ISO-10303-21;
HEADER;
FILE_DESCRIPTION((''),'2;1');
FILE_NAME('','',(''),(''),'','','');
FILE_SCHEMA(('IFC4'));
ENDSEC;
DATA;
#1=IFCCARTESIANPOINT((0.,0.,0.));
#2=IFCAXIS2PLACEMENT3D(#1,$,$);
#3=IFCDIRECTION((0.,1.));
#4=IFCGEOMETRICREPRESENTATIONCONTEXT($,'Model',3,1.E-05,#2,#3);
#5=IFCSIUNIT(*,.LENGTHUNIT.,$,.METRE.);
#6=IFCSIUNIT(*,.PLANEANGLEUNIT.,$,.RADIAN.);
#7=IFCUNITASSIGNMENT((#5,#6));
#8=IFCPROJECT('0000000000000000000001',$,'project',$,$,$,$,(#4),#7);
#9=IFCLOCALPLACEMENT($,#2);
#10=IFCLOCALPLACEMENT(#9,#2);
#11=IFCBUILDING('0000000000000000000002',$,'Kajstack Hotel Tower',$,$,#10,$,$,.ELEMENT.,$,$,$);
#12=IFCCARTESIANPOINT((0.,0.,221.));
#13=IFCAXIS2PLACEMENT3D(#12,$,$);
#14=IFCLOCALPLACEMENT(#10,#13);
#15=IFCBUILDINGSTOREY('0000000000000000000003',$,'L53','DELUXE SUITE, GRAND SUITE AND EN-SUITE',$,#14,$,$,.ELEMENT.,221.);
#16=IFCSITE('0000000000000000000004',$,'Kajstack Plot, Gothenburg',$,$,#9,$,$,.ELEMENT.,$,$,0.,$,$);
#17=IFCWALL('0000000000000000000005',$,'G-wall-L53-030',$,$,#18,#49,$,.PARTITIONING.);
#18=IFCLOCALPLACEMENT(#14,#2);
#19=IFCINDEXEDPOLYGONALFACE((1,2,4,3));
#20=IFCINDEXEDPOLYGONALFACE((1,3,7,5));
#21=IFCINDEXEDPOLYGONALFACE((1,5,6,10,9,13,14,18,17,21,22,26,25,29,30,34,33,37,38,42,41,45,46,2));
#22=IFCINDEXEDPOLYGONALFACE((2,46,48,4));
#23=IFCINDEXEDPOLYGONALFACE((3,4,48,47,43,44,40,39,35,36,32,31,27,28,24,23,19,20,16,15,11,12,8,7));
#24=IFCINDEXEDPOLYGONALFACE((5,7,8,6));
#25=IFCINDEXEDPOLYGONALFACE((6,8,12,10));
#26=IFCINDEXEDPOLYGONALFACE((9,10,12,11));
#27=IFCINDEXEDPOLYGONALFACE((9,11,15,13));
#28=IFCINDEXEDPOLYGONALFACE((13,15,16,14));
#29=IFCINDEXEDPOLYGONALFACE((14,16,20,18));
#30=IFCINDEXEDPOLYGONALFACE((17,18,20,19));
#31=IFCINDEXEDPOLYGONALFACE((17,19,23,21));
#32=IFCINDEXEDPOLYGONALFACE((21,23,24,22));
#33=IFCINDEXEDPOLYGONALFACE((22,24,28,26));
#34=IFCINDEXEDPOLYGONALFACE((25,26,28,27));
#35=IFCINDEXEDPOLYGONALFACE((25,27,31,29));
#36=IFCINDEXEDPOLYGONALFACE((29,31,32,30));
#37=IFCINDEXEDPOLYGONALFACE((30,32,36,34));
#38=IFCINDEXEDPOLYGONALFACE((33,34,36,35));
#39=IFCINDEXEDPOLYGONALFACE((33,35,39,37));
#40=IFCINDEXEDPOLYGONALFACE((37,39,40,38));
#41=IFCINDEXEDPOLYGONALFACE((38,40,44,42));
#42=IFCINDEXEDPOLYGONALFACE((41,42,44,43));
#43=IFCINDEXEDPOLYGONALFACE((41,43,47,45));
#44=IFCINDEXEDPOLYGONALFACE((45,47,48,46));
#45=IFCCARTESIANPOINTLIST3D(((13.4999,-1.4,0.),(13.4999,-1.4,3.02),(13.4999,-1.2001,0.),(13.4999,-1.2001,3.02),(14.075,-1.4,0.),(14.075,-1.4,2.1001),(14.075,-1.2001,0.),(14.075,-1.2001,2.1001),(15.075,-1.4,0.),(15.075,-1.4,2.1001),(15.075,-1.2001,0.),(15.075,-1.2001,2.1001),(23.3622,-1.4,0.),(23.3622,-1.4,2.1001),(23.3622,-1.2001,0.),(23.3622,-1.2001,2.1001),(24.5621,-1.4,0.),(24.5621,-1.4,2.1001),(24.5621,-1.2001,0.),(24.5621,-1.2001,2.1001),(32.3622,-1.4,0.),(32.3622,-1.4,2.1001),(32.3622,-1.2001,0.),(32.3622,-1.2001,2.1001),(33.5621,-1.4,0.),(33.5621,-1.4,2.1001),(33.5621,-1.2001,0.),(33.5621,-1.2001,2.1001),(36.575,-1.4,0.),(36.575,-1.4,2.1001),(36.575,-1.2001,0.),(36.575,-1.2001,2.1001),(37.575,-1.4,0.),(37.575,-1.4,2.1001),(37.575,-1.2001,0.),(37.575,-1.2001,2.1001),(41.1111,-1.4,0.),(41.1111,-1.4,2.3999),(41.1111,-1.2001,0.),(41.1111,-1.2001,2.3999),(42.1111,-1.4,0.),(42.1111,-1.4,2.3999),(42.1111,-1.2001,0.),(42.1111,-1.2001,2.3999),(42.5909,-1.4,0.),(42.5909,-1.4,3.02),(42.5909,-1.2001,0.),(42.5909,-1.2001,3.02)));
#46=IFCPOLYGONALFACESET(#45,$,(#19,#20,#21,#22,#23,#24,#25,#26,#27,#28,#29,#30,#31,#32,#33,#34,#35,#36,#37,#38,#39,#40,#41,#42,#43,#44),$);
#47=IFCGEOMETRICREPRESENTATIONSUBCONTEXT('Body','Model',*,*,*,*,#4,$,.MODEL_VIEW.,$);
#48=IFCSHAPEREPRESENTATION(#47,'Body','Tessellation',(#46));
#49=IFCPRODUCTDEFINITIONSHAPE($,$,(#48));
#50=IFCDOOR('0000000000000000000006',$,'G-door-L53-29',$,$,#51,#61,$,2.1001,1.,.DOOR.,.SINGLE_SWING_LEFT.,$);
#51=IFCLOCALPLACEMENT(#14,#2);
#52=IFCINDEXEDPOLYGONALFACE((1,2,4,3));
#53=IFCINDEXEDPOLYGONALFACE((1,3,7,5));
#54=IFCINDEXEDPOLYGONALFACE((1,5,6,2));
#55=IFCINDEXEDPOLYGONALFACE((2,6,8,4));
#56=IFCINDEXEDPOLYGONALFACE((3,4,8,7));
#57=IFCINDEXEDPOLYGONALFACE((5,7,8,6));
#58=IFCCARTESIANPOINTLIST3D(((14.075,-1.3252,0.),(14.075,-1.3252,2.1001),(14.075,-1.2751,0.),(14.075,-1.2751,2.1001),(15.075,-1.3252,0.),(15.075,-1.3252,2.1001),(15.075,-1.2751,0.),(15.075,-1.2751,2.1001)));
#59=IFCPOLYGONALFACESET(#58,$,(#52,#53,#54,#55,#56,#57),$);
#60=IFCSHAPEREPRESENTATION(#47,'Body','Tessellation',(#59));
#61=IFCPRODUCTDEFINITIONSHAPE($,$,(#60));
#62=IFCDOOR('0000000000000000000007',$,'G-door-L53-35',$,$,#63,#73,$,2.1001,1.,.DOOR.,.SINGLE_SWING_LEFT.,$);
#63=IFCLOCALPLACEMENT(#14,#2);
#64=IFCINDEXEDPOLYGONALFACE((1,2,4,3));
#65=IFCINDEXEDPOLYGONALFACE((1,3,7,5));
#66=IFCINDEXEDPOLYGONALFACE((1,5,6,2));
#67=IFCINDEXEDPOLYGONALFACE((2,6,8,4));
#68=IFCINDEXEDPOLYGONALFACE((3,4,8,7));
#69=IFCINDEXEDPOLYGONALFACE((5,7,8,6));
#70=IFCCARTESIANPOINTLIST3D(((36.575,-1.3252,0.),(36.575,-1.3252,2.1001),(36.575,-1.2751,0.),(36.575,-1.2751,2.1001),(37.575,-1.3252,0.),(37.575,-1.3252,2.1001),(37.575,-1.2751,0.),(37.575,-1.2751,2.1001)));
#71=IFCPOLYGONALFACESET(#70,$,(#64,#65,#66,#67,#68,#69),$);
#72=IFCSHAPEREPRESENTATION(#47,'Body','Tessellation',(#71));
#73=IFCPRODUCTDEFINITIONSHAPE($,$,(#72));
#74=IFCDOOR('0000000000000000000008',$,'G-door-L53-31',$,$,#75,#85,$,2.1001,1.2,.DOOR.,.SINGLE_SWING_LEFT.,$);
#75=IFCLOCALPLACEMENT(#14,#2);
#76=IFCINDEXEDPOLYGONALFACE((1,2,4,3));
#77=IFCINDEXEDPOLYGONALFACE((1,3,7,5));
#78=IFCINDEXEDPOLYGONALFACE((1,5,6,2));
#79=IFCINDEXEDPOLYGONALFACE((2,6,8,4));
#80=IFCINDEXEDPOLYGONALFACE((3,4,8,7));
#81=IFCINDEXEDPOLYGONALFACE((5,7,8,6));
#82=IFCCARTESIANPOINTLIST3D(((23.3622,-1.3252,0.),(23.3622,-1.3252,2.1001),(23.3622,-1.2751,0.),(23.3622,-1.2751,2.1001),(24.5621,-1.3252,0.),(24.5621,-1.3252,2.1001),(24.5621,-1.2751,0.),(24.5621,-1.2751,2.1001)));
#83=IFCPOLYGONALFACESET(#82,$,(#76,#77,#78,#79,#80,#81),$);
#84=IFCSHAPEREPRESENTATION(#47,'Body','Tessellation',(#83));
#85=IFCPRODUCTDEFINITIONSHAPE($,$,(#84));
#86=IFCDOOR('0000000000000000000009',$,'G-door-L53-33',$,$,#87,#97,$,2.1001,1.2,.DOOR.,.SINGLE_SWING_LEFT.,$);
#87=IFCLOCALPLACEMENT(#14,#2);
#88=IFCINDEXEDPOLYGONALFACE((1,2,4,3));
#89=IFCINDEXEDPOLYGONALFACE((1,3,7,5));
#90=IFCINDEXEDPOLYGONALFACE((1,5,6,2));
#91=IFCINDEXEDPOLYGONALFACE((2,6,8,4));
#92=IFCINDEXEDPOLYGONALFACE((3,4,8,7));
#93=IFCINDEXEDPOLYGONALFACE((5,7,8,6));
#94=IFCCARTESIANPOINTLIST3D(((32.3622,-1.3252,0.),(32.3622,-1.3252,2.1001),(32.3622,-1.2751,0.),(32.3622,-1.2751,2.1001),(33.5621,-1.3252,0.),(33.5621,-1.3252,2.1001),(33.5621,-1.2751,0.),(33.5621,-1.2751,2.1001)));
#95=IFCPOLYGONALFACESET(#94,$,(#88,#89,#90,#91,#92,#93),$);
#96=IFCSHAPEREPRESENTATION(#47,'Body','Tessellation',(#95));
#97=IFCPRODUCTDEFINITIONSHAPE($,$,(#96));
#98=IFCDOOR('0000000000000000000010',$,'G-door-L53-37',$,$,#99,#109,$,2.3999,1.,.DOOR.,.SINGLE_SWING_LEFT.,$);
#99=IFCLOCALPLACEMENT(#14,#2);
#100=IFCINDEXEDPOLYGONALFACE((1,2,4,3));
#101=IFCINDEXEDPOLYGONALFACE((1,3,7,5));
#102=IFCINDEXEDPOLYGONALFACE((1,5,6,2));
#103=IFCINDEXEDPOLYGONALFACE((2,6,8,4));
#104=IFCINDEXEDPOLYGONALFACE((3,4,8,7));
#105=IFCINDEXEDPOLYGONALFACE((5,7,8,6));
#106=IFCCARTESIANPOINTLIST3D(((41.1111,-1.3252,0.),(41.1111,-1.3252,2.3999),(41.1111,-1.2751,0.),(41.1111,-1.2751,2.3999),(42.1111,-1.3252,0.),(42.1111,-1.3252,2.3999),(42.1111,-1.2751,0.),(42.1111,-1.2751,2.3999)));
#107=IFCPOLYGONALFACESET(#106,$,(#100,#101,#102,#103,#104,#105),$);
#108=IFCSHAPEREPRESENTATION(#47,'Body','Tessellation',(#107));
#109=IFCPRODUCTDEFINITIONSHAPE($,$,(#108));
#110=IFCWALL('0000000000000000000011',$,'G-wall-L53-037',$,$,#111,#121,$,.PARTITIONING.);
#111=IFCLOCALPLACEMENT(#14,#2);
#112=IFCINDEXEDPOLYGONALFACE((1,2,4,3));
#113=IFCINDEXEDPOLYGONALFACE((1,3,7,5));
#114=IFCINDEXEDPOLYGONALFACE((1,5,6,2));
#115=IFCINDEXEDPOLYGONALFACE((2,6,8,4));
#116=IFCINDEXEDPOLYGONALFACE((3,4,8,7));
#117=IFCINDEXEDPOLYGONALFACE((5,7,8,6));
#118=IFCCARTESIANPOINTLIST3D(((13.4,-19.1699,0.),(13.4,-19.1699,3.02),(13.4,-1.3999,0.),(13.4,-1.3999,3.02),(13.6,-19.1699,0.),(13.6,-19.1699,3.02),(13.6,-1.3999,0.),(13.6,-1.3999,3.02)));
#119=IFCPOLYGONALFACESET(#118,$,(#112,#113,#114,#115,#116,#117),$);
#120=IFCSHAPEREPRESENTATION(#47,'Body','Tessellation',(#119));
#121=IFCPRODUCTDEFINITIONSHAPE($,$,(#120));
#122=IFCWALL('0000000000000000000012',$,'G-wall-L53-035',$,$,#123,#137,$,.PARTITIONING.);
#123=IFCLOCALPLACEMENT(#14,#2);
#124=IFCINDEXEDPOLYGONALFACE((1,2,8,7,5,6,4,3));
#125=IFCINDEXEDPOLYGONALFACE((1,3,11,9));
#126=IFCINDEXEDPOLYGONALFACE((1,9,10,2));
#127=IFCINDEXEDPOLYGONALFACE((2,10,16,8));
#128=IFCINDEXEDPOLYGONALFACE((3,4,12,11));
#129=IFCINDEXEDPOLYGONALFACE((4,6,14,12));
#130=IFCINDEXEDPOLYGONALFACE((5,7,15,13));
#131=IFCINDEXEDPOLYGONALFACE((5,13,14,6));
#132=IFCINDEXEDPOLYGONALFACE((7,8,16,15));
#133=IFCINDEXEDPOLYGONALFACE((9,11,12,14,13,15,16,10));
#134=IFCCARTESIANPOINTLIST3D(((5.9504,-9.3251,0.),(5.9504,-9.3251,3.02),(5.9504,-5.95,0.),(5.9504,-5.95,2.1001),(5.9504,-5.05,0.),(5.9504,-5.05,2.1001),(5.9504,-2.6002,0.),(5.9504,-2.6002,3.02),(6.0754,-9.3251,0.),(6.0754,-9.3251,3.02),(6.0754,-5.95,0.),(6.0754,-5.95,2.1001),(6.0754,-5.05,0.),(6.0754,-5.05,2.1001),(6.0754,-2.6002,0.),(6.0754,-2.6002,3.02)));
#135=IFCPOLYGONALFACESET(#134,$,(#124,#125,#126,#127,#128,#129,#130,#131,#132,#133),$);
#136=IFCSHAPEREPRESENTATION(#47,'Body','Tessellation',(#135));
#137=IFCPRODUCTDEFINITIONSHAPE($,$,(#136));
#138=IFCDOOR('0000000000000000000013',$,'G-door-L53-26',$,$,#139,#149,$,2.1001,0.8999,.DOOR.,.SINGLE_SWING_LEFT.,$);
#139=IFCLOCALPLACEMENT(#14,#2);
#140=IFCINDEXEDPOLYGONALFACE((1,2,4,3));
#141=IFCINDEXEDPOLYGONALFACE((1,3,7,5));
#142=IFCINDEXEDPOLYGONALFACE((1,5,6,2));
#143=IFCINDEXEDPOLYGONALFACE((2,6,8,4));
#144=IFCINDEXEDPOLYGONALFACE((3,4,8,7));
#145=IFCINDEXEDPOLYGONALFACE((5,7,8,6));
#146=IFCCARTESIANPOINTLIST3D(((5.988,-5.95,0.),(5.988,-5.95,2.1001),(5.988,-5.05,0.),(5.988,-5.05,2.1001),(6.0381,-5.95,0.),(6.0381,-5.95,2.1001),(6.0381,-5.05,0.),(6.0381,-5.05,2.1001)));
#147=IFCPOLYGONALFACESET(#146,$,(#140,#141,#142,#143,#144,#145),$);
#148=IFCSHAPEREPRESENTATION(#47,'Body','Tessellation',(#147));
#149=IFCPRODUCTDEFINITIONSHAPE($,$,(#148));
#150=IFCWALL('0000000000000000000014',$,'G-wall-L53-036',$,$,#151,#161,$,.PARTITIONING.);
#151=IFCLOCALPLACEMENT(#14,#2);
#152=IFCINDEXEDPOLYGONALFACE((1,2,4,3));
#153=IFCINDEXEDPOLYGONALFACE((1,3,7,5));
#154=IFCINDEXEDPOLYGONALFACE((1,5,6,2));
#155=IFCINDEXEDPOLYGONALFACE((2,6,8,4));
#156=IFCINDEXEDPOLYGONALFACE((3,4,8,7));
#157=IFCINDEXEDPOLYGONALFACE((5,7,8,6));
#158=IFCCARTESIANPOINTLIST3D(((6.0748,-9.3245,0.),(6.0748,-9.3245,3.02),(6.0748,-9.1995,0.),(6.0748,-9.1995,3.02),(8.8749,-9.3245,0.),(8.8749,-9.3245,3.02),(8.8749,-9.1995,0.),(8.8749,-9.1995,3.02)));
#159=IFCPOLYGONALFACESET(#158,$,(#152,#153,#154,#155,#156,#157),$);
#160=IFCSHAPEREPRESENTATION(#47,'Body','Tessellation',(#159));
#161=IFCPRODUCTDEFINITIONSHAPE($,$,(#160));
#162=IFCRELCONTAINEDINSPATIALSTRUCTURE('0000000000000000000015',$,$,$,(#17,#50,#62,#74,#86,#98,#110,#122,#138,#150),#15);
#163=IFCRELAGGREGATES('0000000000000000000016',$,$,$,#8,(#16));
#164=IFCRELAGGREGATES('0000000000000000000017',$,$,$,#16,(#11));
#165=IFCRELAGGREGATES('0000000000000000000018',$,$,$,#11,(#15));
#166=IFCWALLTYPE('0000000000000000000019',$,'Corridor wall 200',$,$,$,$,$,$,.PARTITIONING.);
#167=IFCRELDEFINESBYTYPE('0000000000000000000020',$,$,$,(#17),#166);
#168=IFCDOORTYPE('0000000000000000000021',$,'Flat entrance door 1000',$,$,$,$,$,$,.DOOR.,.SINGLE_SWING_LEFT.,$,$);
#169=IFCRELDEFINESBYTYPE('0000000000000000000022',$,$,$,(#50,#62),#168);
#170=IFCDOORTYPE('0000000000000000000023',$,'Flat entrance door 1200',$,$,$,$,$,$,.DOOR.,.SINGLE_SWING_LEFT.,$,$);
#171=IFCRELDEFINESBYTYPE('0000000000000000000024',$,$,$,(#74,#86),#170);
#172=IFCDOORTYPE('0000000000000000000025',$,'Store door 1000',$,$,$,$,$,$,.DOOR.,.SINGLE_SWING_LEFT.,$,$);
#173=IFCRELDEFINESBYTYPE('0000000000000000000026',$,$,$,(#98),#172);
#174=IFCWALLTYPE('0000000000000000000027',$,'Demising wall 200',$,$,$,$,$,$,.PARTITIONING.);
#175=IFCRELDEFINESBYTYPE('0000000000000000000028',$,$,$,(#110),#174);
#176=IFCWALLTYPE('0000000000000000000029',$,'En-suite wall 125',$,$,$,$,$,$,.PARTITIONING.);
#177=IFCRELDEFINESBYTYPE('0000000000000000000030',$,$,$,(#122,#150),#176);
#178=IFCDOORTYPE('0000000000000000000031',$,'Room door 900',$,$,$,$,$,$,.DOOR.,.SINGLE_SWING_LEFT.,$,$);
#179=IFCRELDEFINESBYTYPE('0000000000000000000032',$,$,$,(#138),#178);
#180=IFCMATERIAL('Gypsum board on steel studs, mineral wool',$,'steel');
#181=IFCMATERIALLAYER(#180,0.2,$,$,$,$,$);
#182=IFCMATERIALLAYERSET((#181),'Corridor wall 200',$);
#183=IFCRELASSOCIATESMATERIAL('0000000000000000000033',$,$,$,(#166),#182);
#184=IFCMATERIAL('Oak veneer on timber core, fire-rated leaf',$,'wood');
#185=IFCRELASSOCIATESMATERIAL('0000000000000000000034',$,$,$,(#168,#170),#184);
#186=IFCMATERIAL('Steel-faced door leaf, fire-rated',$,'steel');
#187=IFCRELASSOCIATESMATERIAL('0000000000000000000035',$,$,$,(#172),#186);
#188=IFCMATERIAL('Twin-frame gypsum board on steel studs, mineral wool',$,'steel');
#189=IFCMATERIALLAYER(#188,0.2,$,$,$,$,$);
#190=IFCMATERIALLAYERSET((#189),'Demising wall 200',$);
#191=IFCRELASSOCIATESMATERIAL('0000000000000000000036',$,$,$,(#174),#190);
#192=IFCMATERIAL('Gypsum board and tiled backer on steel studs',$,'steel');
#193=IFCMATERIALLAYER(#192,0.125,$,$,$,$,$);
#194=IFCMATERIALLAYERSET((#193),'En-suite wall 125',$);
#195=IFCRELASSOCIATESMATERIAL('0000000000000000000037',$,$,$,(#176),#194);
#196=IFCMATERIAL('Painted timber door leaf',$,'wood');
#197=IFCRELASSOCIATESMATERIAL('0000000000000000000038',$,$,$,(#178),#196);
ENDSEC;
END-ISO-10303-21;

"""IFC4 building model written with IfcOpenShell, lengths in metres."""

from ifc_helpers import new_model, si_unit, direction, frame, frame_2d, origin, place, context, subcontext, project, spatial, rectangle, extrude, material, layer, layer_set, type_object, element, fill, save


model = new_model("IFC4")

# Units and contexts
model_context = context("Model", 3, precision=1e-05, world=origin(), true_north=direction((0.0, 1.0)))
body_context = subcontext(model_context, "Body", "Model", "MODEL_VIEW")
ifc_project = project(units=[si_unit("LENGTHUNIT", "METRE"), si_unit("PLANEANGLEUNIT", "RADIAN")], contexts=[model_context])

# Site, building, storey
site_placement = place(None, origin())
site = spatial("IfcSite", under=ifc_project, at=site_placement, Name="Kajstack Plot, Gothenburg", CompositionType="ELEMENT", RefElevation=0.0)
building_placement = place(site_placement, origin())
building = spatial("IfcBuilding", under=site, at=building_placement, Name="Kajstack Hotel Tower", CompositionType="ELEMENT")
storey_placement = place(building_placement, frame((0.0, 0.0, 221.0)))
storey = spatial("IfcBuildingStorey", under=building, at=storey_placement, Name="L53", Description="DELUXE SUITE, GRAND SUITE AND EN-SUITE", CompositionType="ELEMENT", Elevation=221.0)

# Wall, openings, doors
ifc_material_1 = material(Name="Gypsum board on steel studs, mineral wool", Category="steel")
ifc_layer_1 = layer(ifc_material_1, 0.2)
ifc_layer_set_1 = layer_set([ifc_layer_1], Name="Corridor wall 200")
wall_type_1 = type_object("IfcWallType", Name="Corridor wall 200", PredefinedType="PARTITIONING", material=ifc_layer_set_1)
wall_1_placement = place(storey_placement, frame((13.5, -1.3, 0.0), z_axis=(0.0, 0.0, 1.0), x_axis=(1.0, 0.0, 0.0)))
wall_1 = element("IfcWall", 1, at=wall_1_placement, inside=storey, type_object=wall_type_1, Name="G-wall-L53-030", PredefinedType="PARTITIONING", context=body_context, shape_type="SweptSolid", body=[
    extrude(rectangle(XDim=29.0911, YDim=0.2, at=frame_2d((14.5454, 0.0))), origin(), (0.0, 0.0, 1.0), 3.02),
])
opening_1_placement = place(wall_1_placement, frame((0.575, 0.0, 0.0)))
opening_1 = element("IfcOpeningElement", 2, at=opening_1_placement, cuts=wall_1, PredefinedType="OPENING", context=body_context, shape_type="SweptSolid", body=[
    extrude(rectangle(XDim=1.0, YDim=2.1001, at=frame_2d((0.5, 1.05))), frame((0.0, 0.1099, 0.0), z_axis=(0.0, -1.0, 0.0), x_axis=(1.0, 0.0, 0.0)), (0.0, 0.0, 1.0), 0.22),
])
opening_2_placement = place(wall_1_placement, frame((9.8621, 0.0, 0.0)))
opening_2 = element("IfcOpeningElement", 3, at=opening_2_placement, cuts=wall_1, PredefinedType="OPENING", context=body_context, shape_type="SweptSolid", body=[
    extrude(rectangle(XDim=1.2, YDim=2.1001, at=frame_2d((0.6001, 1.05))), frame((0.0, 0.1099, 0.0), z_axis=(0.0, -1.0, 0.0), x_axis=(1.0, 0.0, 0.0)), (0.0, 0.0, 1.0), 0.22),
])
opening_3_placement = place(wall_1_placement, frame((18.8621, 0.0, 0.0)))
opening_3 = element("IfcOpeningElement", 4, at=opening_3_placement, cuts=wall_1, PredefinedType="OPENING", context=body_context, shape_type="SweptSolid", body=[
    extrude(rectangle(XDim=1.2, YDim=2.1001, at=frame_2d((0.6001, 1.05))), frame((0.0, 0.1099, 0.0), z_axis=(0.0, -1.0, 0.0), x_axis=(1.0, 0.0, 0.0)), (0.0, 0.0, 1.0), 0.22),
])
opening_4_placement = place(wall_1_placement, frame((23.075, 0.0, 0.0)))
opening_4 = element("IfcOpeningElement", 5, at=opening_4_placement, cuts=wall_1, PredefinedType="OPENING", context=body_context, shape_type="SweptSolid", body=[
    extrude(rectangle(XDim=1.0, YDim=2.1001, at=frame_2d((0.5, 1.05))), frame((0.0, 0.1099, 0.0), z_axis=(0.0, -1.0, 0.0), x_axis=(1.0, 0.0, 0.0)), (0.0, 0.0, 1.0), 0.22),
])
opening_5_placement = place(wall_1_placement, frame((27.6111, 0.0, 0.0)))
opening_5 = element("IfcOpeningElement", 6, at=opening_5_placement, cuts=wall_1, PredefinedType="OPENING", context=body_context, shape_type="SweptSolid", body=[
    extrude(rectangle(XDim=1.0, YDim=2.3999, at=frame_2d((0.5, 1.2))), frame((0.0, 0.1099, 0.0), z_axis=(0.0, -1.0, 0.0), x_axis=(1.0, 0.0, 0.0)), (0.0, 0.0, 1.0), 0.22),
])
ifc_material_2 = material(Name="Oak veneer on timber core, fire-rated leaf", Category="wood")
door_type_1 = type_object("IfcDoorType", Name="Flat entrance door 1000", OperationType="SINGLE_SWING_LEFT", PredefinedType="DOOR", material=ifc_material_2)
door_1_placement = place(opening_1_placement, origin())
door_1 = element("IfcDoor", 7, at=door_1_placement, inside=storey, type_object=door_type_1, Name="G-door-L53-29", OperationType="SINGLE_SWING_LEFT", OverallHeight=2.1001, OverallWidth=1.0, PredefinedType="DOOR", context=body_context, shape_type="SweptSolid", body=[
    extrude(rectangle(XDim=1.0, YDim=2.1001, at=frame_2d((0.5, 1.05))), frame((0.0, 0.0249, 0.0), z_axis=(0.0, -1.0, 0.0), x_axis=(1.0, 0.0, 0.0)), (0.0, 0.0, 1.0), 0.05),
])
fill(opening_1, door_1)
door_2_placement = place(opening_4_placement, origin())
door_2 = element("IfcDoor", 8, at=door_2_placement, inside=storey, type_object=door_type_1, Name="G-door-L53-35", OperationType="SINGLE_SWING_LEFT", OverallHeight=2.1001, OverallWidth=1.0, PredefinedType="DOOR", context=body_context, shape_type="SweptSolid", body=[
    extrude(rectangle(XDim=1.0, YDim=2.1001, at=frame_2d((0.5, 1.05))), frame((0.0, 0.0249, 0.0), z_axis=(0.0, -1.0, 0.0), x_axis=(1.0, 0.0, 0.0)), (0.0, 0.0, 1.0), 0.05),
])
fill(opening_4, door_2)
door_type_2 = type_object("IfcDoorType", Name="Flat entrance door 1200", OperationType="SINGLE_SWING_LEFT", PredefinedType="DOOR", material=ifc_material_2)
door_3_placement = place(opening_2_placement, origin())
door_3 = element("IfcDoor", 9, at=door_3_placement, inside=storey, type_object=door_type_2, Name="G-door-L53-31", OperationType="SINGLE_SWING_LEFT", OverallHeight=2.1001, OverallWidth=1.2, PredefinedType="DOOR", context=body_context, shape_type="SweptSolid", body=[
    extrude(rectangle(XDim=1.2, YDim=2.1001, at=frame_2d((0.6001, 1.05))), frame((0.0, 0.0249, 0.0), z_axis=(0.0, -1.0, 0.0), x_axis=(1.0, 0.0, 0.0)), (0.0, 0.0, 1.0), 0.05),
])
fill(opening_2, door_3)
door_4_placement = place(opening_3_placement, origin())
door_4 = element("IfcDoor", 10, at=door_4_placement, inside=storey, type_object=door_type_2, Name="G-door-L53-33", OperationType="SINGLE_SWING_LEFT", OverallHeight=2.1001, OverallWidth=1.2, PredefinedType="DOOR", context=body_context, shape_type="SweptSolid", body=[
    extrude(rectangle(XDim=1.2, YDim=2.1001, at=frame_2d((0.6001, 1.05))), frame((0.0, 0.0249, 0.0), z_axis=(0.0, -1.0, 0.0), x_axis=(1.0, 0.0, 0.0)), (0.0, 0.0, 1.0), 0.05),
])
fill(opening_3, door_4)
ifc_material_3 = material(Name="Steel-faced door leaf, fire-rated", Category="steel")
door_type_3 = type_object("IfcDoorType", Name="Store door 1000", OperationType="SINGLE_SWING_LEFT", PredefinedType="DOOR", material=ifc_material_3)
door_5_placement = place(opening_5_placement, origin())
door_5 = element("IfcDoor", 11, at=door_5_placement, inside=storey, type_object=door_type_3, Name="G-door-L53-37", OperationType="SINGLE_SWING_LEFT", OverallHeight=2.3999, OverallWidth=1.0, PredefinedType="DOOR", context=body_context, shape_type="SweptSolid", body=[
    extrude(rectangle(XDim=1.0, YDim=2.3999, at=frame_2d((0.5, 1.2))), frame((0.0, 0.0249, 0.0), z_axis=(0.0, -1.0, 0.0), x_axis=(1.0, 0.0, 0.0)), (0.0, 0.0, 1.0), 0.05),
])
fill(opening_5, door_5)

# Wall
ifc_material_4 = material(Name="Twin-frame gypsum board on steel studs, mineral wool", Category="steel")
ifc_layer_2 = layer(ifc_material_4, 0.2)
ifc_layer_set_2 = layer_set([ifc_layer_2], Name="Demising wall 200")
wall_type_2 = type_object("IfcWallType", Name="Demising wall 200", PredefinedType="PARTITIONING", material=ifc_layer_set_2)
wall_2_placement = place(storey_placement, frame((13.5, -19.1699, 0.0), z_axis=(0.0, 0.0, 1.0), x_axis=(0.0, 1.0, 0.0)))
element("IfcWall", 12, at=wall_2_placement, inside=storey, type_object=wall_type_2, Name="G-wall-L53-037", PredefinedType="PARTITIONING", context=body_context, shape_type="SweptSolid", body=[
    extrude(rectangle(XDim=17.77, YDim=0.2, at=frame_2d((8.885, 0.0))), origin(), (0.0, 0.0, 1.0), 3.02),
])

# Wall, opening, door
ifc_material_5 = material(Name="Gypsum board and tiled backer on steel studs", Category="steel")
ifc_layer_3 = layer(ifc_material_5, 0.125)
ifc_layer_set_3 = layer_set([ifc_layer_3], Name="En-suite wall 125")
wall_type_3 = type_object("IfcWallType", Name="En-suite wall 125", PredefinedType="PARTITIONING", material=ifc_layer_set_3)
wall_3_placement = place(storey_placement, frame((6.0129, -9.325, 0.0), z_axis=(0.0, 0.0, 1.0), x_axis=(0.0, 1.0, 0.0)))
wall_3 = element("IfcWall", 13, at=wall_3_placement, inside=storey, type_object=wall_type_3, Name="G-wall-L53-035", PredefinedType="PARTITIONING", context=body_context, shape_type="SweptSolid", body=[
    extrude(rectangle(XDim=6.7249, YDim=0.125, at=frame_2d((3.3623, 0.0))), origin(), (0.0, 0.0, 1.0), 3.02),
])
opening_6_placement = place(wall_3_placement, frame((3.375, 0.0, 0.0)))
opening_6 = element("IfcOpeningElement", 14, at=opening_6_placement, cuts=wall_3, PredefinedType="OPENING", context=body_context, shape_type="SweptSolid", body=[
    extrude(rectangle(XDim=0.8999, YDim=2.1001, at=frame_2d((0.45, 1.05))), frame((0.0, 0.0725, 0.0), z_axis=(0.0, -1.0, 0.0), x_axis=(1.0, 0.0, 0.0)), (0.0, 0.0, 1.0), 0.145),
])
ifc_material_6 = material(Name="Painted timber door leaf", Category="wood")
door_type_4 = type_object("IfcDoorType", Name="Room door 900", OperationType="SINGLE_SWING_LEFT", PredefinedType="DOOR", material=ifc_material_6)
door_6_placement = place(opening_6_placement, origin())
door_6 = element("IfcDoor", 15, at=door_6_placement, inside=storey, type_object=door_type_4, Name="G-door-L53-26", OperationType="SINGLE_SWING_LEFT", OverallHeight=2.1001, OverallWidth=0.8999, PredefinedType="DOOR", context=body_context, shape_type="SweptSolid", body=[
    extrude(rectangle(XDim=0.8999, YDim=2.1001, at=frame_2d((0.45, 1.05))), frame((0.0, 0.0249, 0.0), z_axis=(0.0, -1.0, 0.0), x_axis=(1.0, 0.0, 0.0)), (0.0, 0.0, 1.0), 0.05),
])
fill(opening_6, door_6)

# Wall
wall_4_placement = place(storey_placement, frame((6.075, -9.262, 0.0), z_axis=(0.0, 0.0, 1.0), x_axis=(1.0, 0.0, 0.0)))
element("IfcWall", 16, at=wall_4_placement, inside=storey, type_object=wall_type_3, Name="G-wall-L53-036", PredefinedType="PARTITIONING", context=body_context, shape_type="SweptSolid", body=[
    extrude(rectangle(XDim=2.8, YDim=0.125, at=frame_2d((1.3999, 0.0))), origin(), (0.0, 0.0, 1.0), 3.02),
])

save(model, "model.ifc")
